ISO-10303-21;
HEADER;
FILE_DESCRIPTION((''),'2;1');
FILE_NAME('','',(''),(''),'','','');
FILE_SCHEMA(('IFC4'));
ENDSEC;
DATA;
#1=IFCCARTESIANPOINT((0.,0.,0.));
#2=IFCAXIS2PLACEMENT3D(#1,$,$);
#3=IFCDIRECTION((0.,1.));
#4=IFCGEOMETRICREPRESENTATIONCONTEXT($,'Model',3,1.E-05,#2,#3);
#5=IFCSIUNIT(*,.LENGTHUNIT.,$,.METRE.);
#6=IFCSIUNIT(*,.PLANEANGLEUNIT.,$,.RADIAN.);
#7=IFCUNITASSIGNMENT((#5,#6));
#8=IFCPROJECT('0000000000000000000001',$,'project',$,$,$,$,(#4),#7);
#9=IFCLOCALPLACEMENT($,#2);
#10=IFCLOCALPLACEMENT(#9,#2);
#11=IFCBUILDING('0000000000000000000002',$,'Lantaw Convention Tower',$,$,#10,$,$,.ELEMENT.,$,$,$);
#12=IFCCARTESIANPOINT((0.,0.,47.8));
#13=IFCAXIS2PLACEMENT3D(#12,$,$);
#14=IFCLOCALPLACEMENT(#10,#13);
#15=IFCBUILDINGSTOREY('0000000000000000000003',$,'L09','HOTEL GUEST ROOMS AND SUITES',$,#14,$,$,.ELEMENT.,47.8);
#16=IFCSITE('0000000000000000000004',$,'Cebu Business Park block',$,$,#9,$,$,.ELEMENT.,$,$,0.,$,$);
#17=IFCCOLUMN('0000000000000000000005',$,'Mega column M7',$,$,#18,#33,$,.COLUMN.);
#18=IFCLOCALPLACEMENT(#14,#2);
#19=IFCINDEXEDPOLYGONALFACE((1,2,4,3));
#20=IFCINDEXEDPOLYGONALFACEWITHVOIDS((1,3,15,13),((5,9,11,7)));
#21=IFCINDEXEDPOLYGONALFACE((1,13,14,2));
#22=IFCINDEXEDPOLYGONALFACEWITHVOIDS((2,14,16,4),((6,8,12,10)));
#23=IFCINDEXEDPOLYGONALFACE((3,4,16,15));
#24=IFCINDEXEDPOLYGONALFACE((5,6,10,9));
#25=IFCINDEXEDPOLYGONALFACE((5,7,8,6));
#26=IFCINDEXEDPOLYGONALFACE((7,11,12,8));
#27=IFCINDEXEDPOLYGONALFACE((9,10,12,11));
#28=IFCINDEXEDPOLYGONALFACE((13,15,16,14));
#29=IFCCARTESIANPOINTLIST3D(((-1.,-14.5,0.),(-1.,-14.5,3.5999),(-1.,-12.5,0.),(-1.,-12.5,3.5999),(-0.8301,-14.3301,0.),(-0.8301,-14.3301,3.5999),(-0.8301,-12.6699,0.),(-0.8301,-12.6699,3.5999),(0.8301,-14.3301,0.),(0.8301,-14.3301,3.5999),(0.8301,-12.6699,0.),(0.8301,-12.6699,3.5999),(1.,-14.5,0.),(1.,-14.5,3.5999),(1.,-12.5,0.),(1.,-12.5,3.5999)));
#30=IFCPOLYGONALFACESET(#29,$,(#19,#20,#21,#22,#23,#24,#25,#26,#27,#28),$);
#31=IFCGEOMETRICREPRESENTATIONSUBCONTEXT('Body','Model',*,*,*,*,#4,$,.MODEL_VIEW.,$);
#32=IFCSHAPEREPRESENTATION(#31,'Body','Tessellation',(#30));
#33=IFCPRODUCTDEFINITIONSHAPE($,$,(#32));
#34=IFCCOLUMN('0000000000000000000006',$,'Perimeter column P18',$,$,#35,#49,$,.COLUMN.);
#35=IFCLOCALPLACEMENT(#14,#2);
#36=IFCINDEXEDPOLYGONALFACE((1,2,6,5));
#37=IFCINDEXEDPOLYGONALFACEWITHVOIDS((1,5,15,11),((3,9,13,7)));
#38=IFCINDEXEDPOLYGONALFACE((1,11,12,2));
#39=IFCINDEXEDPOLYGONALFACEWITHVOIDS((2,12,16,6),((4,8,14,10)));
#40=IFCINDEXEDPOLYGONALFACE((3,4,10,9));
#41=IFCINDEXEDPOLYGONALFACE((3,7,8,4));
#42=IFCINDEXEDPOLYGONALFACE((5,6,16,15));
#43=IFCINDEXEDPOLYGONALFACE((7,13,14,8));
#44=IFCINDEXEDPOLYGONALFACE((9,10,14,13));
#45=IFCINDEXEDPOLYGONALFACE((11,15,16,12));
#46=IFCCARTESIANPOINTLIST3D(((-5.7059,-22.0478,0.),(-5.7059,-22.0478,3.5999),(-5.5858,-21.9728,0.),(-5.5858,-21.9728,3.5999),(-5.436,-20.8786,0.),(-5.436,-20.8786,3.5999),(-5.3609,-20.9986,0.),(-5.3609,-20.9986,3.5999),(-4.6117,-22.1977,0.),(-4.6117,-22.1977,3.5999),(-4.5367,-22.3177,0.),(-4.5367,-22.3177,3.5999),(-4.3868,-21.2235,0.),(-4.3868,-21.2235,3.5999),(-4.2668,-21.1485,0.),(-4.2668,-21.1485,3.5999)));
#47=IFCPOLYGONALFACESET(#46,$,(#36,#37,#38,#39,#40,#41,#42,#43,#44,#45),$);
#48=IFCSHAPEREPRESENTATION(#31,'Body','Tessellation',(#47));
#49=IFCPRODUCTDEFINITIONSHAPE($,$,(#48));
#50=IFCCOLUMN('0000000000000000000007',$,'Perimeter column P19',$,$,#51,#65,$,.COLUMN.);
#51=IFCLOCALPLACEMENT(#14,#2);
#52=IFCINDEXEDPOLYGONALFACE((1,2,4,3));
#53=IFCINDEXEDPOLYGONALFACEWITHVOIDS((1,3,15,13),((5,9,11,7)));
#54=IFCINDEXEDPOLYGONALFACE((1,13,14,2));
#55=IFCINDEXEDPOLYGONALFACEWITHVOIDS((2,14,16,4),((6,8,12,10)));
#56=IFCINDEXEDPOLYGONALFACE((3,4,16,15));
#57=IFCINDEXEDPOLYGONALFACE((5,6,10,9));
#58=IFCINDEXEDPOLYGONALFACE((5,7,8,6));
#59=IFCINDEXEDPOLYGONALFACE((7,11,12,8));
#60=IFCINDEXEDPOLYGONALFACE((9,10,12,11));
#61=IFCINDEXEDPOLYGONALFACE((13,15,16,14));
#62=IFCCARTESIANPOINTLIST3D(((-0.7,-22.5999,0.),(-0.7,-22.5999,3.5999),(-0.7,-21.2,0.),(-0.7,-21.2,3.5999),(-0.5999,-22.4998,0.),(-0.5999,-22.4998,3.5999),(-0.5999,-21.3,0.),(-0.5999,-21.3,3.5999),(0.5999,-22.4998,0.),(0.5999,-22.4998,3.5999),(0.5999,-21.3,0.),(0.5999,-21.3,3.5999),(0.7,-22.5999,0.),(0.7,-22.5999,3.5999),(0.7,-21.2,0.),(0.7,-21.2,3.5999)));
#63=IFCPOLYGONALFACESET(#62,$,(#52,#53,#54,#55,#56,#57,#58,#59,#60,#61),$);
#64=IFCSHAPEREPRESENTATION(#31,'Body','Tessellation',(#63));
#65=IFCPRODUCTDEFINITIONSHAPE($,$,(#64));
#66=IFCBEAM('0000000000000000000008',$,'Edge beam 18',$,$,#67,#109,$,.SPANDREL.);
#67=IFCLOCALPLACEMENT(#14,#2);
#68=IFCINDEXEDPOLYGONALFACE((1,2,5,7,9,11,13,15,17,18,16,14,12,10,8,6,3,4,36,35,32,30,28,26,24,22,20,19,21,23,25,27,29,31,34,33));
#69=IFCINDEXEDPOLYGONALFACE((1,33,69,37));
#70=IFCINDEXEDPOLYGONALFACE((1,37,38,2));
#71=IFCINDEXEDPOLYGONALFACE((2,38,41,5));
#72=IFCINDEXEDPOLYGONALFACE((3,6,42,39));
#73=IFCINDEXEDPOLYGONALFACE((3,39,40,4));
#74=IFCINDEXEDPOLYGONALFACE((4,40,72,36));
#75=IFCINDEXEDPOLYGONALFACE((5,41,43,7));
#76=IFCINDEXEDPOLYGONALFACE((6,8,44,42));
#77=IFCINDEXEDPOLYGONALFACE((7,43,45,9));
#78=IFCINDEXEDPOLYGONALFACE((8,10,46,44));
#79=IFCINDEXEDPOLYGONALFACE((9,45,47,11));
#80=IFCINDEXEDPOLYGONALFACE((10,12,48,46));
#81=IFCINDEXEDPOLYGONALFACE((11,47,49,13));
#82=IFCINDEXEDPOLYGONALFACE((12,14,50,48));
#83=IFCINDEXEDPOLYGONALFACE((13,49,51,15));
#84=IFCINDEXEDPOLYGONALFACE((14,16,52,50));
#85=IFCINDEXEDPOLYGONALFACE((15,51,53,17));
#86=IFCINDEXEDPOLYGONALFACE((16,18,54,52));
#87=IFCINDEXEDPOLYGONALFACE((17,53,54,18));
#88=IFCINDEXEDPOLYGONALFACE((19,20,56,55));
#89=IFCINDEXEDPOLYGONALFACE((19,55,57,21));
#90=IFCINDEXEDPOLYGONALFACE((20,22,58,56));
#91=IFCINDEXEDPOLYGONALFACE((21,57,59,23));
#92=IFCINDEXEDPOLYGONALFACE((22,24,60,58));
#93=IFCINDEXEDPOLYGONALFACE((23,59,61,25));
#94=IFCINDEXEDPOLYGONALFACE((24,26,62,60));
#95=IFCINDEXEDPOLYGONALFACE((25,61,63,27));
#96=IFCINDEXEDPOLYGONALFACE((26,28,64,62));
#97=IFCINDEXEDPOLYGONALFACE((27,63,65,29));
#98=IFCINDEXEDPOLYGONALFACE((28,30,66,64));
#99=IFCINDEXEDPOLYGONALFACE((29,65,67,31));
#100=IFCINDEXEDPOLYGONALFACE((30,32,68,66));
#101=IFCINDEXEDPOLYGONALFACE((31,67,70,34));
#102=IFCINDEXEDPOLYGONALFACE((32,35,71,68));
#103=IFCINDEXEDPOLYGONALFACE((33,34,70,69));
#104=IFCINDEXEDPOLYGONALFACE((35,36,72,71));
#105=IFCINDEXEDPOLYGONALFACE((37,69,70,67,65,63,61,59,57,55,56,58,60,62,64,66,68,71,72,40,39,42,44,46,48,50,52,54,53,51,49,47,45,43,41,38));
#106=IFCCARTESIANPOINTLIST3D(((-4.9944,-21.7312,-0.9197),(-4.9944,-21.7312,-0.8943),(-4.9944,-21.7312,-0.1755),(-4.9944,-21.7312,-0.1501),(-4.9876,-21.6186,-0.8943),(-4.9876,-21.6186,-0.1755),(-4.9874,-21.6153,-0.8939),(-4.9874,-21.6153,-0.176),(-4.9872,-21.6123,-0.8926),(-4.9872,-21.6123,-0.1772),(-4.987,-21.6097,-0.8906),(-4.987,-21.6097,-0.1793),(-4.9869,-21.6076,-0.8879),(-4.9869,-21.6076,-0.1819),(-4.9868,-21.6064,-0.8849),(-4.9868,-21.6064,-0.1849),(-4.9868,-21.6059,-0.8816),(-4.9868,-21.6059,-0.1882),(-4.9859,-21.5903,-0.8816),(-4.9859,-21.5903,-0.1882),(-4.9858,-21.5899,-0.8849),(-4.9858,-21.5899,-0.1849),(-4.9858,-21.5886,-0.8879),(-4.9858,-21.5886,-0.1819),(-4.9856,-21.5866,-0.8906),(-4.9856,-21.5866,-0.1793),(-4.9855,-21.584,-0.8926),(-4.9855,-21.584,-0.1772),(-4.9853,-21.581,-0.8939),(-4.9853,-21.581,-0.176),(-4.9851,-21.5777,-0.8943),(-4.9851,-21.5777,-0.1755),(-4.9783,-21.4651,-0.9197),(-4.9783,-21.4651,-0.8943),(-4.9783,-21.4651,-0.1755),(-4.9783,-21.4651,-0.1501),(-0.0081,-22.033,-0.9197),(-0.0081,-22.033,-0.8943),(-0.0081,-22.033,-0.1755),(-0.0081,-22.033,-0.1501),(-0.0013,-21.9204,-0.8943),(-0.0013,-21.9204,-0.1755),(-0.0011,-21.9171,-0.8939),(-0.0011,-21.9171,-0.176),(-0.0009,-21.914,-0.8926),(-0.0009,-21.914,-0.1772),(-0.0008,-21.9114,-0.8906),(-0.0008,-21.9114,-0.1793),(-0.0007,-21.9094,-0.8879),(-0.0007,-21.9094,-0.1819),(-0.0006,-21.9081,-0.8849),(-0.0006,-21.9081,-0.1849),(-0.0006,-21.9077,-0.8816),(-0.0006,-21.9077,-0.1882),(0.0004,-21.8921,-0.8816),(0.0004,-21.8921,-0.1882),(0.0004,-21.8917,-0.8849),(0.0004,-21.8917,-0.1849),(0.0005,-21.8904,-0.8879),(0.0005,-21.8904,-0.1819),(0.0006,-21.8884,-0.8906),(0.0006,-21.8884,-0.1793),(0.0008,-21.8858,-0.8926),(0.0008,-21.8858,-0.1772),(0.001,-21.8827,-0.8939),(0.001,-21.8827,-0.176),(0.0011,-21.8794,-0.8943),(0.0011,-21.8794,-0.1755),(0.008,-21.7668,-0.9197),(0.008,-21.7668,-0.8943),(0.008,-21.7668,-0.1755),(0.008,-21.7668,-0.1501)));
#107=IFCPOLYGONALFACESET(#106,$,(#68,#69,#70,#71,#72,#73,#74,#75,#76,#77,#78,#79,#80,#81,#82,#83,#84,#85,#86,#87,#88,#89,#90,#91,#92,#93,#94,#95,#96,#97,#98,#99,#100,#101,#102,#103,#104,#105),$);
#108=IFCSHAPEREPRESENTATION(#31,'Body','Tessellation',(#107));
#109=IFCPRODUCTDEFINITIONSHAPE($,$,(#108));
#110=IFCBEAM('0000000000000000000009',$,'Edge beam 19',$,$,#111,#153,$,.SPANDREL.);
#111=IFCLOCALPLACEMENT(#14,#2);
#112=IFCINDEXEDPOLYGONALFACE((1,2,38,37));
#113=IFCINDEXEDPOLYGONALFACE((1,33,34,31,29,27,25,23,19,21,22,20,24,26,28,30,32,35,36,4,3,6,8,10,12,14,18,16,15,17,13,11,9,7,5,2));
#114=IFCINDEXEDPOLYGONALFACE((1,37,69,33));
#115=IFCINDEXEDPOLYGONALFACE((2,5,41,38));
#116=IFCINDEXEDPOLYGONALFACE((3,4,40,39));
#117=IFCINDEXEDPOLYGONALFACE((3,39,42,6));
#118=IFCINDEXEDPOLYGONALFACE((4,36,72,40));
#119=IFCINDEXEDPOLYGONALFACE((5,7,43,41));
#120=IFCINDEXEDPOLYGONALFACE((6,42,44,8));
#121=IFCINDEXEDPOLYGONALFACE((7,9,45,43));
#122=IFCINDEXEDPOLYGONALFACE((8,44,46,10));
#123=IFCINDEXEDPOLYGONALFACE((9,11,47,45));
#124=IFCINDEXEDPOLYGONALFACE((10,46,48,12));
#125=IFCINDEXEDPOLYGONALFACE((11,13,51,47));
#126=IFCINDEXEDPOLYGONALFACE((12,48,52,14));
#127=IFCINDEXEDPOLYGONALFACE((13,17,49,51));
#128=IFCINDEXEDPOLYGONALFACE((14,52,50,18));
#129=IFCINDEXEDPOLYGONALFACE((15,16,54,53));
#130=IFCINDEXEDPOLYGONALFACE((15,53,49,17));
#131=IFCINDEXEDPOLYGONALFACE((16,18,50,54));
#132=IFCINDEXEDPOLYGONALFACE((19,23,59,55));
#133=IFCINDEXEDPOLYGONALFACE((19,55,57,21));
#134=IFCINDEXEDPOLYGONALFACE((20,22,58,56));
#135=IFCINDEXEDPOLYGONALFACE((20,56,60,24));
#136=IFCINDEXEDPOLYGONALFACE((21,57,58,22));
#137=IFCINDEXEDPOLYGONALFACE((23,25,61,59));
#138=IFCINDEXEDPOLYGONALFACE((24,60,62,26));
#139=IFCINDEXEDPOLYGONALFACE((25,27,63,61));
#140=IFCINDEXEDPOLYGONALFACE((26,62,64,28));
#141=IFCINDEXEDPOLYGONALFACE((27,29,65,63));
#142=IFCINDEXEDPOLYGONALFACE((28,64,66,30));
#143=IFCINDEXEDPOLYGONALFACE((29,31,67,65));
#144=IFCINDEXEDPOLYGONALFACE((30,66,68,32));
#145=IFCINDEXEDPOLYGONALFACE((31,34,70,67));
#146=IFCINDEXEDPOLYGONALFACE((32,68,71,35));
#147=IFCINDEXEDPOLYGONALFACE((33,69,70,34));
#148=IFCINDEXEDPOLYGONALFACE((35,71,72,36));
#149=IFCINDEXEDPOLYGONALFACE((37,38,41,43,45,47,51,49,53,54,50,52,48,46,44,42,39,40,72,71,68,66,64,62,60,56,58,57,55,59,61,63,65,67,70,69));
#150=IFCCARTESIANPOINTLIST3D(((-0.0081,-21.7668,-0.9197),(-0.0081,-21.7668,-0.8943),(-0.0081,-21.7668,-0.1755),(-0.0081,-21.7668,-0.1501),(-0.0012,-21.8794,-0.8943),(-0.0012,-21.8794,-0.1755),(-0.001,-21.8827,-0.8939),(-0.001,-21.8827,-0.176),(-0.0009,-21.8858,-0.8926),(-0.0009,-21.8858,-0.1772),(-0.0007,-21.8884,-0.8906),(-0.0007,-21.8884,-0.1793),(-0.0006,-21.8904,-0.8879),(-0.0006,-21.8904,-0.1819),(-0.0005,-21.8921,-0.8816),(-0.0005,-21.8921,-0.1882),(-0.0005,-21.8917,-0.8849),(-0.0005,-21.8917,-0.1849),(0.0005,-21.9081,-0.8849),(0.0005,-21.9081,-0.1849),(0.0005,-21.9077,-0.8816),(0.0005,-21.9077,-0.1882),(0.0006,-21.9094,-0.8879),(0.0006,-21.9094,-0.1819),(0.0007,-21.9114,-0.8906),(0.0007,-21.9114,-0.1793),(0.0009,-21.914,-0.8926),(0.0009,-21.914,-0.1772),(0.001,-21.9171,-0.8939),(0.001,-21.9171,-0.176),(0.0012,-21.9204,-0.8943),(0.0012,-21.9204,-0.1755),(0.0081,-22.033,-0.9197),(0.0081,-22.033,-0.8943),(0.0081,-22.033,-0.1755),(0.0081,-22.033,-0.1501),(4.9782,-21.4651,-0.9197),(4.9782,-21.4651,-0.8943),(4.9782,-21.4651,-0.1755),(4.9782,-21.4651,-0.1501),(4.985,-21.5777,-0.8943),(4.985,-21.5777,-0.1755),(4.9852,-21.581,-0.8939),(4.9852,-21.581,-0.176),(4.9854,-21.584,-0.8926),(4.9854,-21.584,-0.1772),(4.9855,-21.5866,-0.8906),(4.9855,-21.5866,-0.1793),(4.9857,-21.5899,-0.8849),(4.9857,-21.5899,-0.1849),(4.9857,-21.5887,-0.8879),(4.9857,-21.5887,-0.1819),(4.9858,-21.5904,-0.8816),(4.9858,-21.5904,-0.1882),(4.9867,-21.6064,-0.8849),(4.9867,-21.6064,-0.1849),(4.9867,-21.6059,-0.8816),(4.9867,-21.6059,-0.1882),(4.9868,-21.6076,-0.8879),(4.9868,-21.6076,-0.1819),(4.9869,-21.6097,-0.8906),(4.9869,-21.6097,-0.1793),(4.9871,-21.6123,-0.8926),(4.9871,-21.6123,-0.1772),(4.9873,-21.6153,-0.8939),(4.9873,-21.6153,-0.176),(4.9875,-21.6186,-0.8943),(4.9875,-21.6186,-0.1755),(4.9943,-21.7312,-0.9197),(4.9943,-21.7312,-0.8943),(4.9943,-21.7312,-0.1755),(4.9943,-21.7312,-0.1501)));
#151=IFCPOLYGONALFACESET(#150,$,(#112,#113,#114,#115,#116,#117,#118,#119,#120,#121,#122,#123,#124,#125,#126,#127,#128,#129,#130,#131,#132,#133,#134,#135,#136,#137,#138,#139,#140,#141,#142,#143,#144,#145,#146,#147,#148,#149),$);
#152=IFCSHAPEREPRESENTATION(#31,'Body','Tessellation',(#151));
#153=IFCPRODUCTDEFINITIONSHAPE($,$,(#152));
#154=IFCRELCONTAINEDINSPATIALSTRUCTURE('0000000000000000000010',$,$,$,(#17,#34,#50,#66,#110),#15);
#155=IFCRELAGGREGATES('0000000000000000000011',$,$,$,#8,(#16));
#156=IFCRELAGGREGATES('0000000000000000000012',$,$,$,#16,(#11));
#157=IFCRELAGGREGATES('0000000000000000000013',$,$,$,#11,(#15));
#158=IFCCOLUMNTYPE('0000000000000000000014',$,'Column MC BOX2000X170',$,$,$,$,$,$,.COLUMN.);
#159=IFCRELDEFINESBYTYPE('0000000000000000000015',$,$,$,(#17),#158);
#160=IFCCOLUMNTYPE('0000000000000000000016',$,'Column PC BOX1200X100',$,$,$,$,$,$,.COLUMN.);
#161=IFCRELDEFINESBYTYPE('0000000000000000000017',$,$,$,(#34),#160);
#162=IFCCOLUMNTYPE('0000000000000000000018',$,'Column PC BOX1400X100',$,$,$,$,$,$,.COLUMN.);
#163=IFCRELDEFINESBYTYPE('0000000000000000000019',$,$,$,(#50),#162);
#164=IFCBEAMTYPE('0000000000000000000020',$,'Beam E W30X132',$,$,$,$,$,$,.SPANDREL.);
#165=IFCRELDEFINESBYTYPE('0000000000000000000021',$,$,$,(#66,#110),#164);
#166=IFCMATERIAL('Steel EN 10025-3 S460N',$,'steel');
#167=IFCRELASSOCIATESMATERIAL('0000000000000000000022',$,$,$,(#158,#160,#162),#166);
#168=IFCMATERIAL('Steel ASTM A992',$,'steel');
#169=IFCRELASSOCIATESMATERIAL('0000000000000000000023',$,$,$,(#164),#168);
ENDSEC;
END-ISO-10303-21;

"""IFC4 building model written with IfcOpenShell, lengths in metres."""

from ifc_helpers import new_model, si_unit, direction, frame, origin, origin_2d, place, context, subcontext, project, spatial, rectangle, hollow_rectangle, i_section, extrude, material, material_profile, profile_set, type_object, element, save


model = new_model("IFC4")

# Units and contexts
model_context = context("Model", 3, precision=1e-05, world=origin(), true_north=direction((0.0, 1.0)))
body_context = subcontext(model_context, "Body", "Model", "MODEL_VIEW")
ifc_project = project(units=[si_unit("LENGTHUNIT", "METRE"), si_unit("PLANEANGLEUNIT", "RADIAN")], contexts=[model_context])

# Site, building, storey
site_placement = place(None, origin())
site = spatial("IfcSite", under=ifc_project, at=site_placement, Name="Cebu Business Park block", CompositionType="ELEMENT", RefElevation=0.0)
building_placement = place(site_placement, origin())
building = spatial("IfcBuilding", under=site, at=building_placement, Name="Lantaw Convention Tower", CompositionType="ELEMENT")
storey_placement = place(building_placement, frame((0.0, 0.0, 47.8)))
storey = spatial("IfcBuildingStorey", under=building, at=storey_placement, Name="L09", Description="HOTEL GUEST ROOMS AND SUITES", CompositionType="ELEMENT", Elevation=47.8)

# Columns
ifc_material_1 = material(Name="Steel EN 10025-3 S460N", Category="steel")
ifc_material_profile_1 = material_profile(ifc_material_1, hollow_rectangle(XDim=2.0, YDim=2.0, WallThickness=0.1699, at=origin_2d()), Name="BOX2000X170")
ifc_material_2 = material(Name="Concrete C60/75", Category="concrete")
ifc_material_profile_2 = material_profile(ifc_material_2, rectangle(XDim=1.6599, YDim=1.6599, at=origin_2d()), Name="Concrete fill of BOX2000X170")
ifc_profile_set_1 = profile_set([ifc_material_profile_1, ifc_material_profile_2], Name="Steel EN 10025-3 S460N")
column_type_1 = type_object("IfcColumnType", Name="Column MC BOX2000X170", PredefinedType="COLUMN", material=ifc_profile_set_1)
column_1_placement = place(storey_placement, frame((0.0, -13.5, 0.0), z_axis=(0.0, 0.0, 1.0), x_axis=(1.0, 0.0, 0.0)))
element("IfcColumn", 1, at=column_1_placement, inside=storey, type_object=column_type_1, Name="Mega column M7", PredefinedType="COLUMN", context=body_context, shape_type="SweptSolid", body=[
    extrude(hollow_rectangle(XDim=2.0, YDim=2.0, WallThickness=0.1699, at=origin_2d()), origin(), (0.0, 0.0, 1.0), 3.5999),
])
ifc_material_profile_3 = material_profile(ifc_material_1, hollow_rectangle(XDim=1.2, YDim=1.2, WallThickness=0.1001, at=origin_2d()), Name="BOX1200X100")
ifc_material_profile_4 = material_profile(ifc_material_2, rectangle(XDim=1.0, YDim=1.0, at=origin_2d()), Name="Concrete fill of BOX1200X100")
ifc_profile_set_2 = profile_set([ifc_material_profile_3, ifc_material_profile_4], Name="Steel EN 10025-3 S460N")
column_type_2 = type_object("IfcColumnType", Name="Column PC BOX1200X100", PredefinedType="COLUMN", material=ifc_profile_set_2)
column_2_placement = place(storey_placement, frame((-4.9863, -21.5981, 0.0), z_axis=(0.0, 0.0, 1.0), x_axis=(0.224951, 0.97437, 0.0)))
element("IfcColumn", 2, at=column_2_placement, inside=storey, type_object=column_type_2, Name="Perimeter column P18", PredefinedType="COLUMN", context=body_context, shape_type="SweptSolid", body=[
    extrude(hollow_rectangle(XDim=1.2, YDim=1.2, WallThickness=0.1001, at=origin_2d()), origin(), (0.0, 0.0, 1.0), 3.5999),
])
ifc_material_profile_5 = material_profile(ifc_material_1, hollow_rectangle(XDim=1.3999, YDim=1.3999, WallThickness=0.1001, at=origin_2d()), Name="BOX1400X100")
ifc_material_profile_6 = material_profile(ifc_material_2, rectangle(XDim=1.2, YDim=1.2, at=origin_2d()), Name="Concrete fill of BOX1400X100")
ifc_profile_set_3 = profile_set([ifc_material_profile_5, ifc_material_profile_6], Name="Steel EN 10025-3 S460N")
column_type_3 = type_object("IfcColumnType", Name="Column PC BOX1400X100", PredefinedType="COLUMN", material=ifc_profile_set_3)
column_3_placement = place(storey_placement, frame((0.0, -21.8999, 0.0), z_axis=(0.0, 0.0, 1.0), x_axis=(1.0, 0.0, 0.0)))
element("IfcColumn", 3, at=column_3_placement, inside=storey, type_object=column_type_3, Name="Perimeter column P19", PredefinedType="COLUMN", context=body_context, shape_type="SweptSolid", body=[
    extrude(hollow_rectangle(XDim=1.3999, YDim=1.3999, WallThickness=0.1001, at=origin_2d()), origin(), (0.0, 0.0, 1.0), 3.5999),
])

# Beams
ifc_material_3 = material(Name="Steel ASTM A992", Category="steel")
ifc_material_profile_7 = material_profile(ifc_material_3, i_section(OverallWidth=0.2666, OverallDepth=0.7695, WebThickness=0.0156, FlangeThickness=0.0254, FilletRadius=0.0127, at=origin_2d()), Name="W30X132")
ifc_profile_set_4 = profile_set([ifc_material_profile_7], Name="Steel ASTM A992")
beam_type_1 = type_object("IfcBeamType", Name="Beam E W30X132", PredefinedType="SPANDREL", material=ifc_profile_set_4)
for number, where, z_axis, x_axis, name in (
    (4, (-4.9863, -21.5981, -0.5349), (0.998174, -0.060407, 0.0), (0.060407, 0.998174, 0.0), "Edge beam 18"),
    (5, (0.0, -21.8999, -0.5349), (0.998174, 0.060407, 0.0), (-0.060407, 0.998174, 0.0), "Edge beam 19"),
):
    element("IfcBeam", number, at=place(storey_placement, frame(where, z_axis=z_axis, x_axis=x_axis)), inside=storey, type_object=beam_type_1, Name=name, PredefinedType="SPANDREL", context=body_context, shape_type="SweptSolid", body=[
        extrude(i_section(OverallWidth=0.2666, OverallDepth=0.7695, WebThickness=0.0156, FlangeThickness=0.0254, FilletRadius=0.0127, at=origin_2d()), origin(), (0.0, 0.0, 1.0), 4.9954),
    ])

save(model, "model.ifc")
